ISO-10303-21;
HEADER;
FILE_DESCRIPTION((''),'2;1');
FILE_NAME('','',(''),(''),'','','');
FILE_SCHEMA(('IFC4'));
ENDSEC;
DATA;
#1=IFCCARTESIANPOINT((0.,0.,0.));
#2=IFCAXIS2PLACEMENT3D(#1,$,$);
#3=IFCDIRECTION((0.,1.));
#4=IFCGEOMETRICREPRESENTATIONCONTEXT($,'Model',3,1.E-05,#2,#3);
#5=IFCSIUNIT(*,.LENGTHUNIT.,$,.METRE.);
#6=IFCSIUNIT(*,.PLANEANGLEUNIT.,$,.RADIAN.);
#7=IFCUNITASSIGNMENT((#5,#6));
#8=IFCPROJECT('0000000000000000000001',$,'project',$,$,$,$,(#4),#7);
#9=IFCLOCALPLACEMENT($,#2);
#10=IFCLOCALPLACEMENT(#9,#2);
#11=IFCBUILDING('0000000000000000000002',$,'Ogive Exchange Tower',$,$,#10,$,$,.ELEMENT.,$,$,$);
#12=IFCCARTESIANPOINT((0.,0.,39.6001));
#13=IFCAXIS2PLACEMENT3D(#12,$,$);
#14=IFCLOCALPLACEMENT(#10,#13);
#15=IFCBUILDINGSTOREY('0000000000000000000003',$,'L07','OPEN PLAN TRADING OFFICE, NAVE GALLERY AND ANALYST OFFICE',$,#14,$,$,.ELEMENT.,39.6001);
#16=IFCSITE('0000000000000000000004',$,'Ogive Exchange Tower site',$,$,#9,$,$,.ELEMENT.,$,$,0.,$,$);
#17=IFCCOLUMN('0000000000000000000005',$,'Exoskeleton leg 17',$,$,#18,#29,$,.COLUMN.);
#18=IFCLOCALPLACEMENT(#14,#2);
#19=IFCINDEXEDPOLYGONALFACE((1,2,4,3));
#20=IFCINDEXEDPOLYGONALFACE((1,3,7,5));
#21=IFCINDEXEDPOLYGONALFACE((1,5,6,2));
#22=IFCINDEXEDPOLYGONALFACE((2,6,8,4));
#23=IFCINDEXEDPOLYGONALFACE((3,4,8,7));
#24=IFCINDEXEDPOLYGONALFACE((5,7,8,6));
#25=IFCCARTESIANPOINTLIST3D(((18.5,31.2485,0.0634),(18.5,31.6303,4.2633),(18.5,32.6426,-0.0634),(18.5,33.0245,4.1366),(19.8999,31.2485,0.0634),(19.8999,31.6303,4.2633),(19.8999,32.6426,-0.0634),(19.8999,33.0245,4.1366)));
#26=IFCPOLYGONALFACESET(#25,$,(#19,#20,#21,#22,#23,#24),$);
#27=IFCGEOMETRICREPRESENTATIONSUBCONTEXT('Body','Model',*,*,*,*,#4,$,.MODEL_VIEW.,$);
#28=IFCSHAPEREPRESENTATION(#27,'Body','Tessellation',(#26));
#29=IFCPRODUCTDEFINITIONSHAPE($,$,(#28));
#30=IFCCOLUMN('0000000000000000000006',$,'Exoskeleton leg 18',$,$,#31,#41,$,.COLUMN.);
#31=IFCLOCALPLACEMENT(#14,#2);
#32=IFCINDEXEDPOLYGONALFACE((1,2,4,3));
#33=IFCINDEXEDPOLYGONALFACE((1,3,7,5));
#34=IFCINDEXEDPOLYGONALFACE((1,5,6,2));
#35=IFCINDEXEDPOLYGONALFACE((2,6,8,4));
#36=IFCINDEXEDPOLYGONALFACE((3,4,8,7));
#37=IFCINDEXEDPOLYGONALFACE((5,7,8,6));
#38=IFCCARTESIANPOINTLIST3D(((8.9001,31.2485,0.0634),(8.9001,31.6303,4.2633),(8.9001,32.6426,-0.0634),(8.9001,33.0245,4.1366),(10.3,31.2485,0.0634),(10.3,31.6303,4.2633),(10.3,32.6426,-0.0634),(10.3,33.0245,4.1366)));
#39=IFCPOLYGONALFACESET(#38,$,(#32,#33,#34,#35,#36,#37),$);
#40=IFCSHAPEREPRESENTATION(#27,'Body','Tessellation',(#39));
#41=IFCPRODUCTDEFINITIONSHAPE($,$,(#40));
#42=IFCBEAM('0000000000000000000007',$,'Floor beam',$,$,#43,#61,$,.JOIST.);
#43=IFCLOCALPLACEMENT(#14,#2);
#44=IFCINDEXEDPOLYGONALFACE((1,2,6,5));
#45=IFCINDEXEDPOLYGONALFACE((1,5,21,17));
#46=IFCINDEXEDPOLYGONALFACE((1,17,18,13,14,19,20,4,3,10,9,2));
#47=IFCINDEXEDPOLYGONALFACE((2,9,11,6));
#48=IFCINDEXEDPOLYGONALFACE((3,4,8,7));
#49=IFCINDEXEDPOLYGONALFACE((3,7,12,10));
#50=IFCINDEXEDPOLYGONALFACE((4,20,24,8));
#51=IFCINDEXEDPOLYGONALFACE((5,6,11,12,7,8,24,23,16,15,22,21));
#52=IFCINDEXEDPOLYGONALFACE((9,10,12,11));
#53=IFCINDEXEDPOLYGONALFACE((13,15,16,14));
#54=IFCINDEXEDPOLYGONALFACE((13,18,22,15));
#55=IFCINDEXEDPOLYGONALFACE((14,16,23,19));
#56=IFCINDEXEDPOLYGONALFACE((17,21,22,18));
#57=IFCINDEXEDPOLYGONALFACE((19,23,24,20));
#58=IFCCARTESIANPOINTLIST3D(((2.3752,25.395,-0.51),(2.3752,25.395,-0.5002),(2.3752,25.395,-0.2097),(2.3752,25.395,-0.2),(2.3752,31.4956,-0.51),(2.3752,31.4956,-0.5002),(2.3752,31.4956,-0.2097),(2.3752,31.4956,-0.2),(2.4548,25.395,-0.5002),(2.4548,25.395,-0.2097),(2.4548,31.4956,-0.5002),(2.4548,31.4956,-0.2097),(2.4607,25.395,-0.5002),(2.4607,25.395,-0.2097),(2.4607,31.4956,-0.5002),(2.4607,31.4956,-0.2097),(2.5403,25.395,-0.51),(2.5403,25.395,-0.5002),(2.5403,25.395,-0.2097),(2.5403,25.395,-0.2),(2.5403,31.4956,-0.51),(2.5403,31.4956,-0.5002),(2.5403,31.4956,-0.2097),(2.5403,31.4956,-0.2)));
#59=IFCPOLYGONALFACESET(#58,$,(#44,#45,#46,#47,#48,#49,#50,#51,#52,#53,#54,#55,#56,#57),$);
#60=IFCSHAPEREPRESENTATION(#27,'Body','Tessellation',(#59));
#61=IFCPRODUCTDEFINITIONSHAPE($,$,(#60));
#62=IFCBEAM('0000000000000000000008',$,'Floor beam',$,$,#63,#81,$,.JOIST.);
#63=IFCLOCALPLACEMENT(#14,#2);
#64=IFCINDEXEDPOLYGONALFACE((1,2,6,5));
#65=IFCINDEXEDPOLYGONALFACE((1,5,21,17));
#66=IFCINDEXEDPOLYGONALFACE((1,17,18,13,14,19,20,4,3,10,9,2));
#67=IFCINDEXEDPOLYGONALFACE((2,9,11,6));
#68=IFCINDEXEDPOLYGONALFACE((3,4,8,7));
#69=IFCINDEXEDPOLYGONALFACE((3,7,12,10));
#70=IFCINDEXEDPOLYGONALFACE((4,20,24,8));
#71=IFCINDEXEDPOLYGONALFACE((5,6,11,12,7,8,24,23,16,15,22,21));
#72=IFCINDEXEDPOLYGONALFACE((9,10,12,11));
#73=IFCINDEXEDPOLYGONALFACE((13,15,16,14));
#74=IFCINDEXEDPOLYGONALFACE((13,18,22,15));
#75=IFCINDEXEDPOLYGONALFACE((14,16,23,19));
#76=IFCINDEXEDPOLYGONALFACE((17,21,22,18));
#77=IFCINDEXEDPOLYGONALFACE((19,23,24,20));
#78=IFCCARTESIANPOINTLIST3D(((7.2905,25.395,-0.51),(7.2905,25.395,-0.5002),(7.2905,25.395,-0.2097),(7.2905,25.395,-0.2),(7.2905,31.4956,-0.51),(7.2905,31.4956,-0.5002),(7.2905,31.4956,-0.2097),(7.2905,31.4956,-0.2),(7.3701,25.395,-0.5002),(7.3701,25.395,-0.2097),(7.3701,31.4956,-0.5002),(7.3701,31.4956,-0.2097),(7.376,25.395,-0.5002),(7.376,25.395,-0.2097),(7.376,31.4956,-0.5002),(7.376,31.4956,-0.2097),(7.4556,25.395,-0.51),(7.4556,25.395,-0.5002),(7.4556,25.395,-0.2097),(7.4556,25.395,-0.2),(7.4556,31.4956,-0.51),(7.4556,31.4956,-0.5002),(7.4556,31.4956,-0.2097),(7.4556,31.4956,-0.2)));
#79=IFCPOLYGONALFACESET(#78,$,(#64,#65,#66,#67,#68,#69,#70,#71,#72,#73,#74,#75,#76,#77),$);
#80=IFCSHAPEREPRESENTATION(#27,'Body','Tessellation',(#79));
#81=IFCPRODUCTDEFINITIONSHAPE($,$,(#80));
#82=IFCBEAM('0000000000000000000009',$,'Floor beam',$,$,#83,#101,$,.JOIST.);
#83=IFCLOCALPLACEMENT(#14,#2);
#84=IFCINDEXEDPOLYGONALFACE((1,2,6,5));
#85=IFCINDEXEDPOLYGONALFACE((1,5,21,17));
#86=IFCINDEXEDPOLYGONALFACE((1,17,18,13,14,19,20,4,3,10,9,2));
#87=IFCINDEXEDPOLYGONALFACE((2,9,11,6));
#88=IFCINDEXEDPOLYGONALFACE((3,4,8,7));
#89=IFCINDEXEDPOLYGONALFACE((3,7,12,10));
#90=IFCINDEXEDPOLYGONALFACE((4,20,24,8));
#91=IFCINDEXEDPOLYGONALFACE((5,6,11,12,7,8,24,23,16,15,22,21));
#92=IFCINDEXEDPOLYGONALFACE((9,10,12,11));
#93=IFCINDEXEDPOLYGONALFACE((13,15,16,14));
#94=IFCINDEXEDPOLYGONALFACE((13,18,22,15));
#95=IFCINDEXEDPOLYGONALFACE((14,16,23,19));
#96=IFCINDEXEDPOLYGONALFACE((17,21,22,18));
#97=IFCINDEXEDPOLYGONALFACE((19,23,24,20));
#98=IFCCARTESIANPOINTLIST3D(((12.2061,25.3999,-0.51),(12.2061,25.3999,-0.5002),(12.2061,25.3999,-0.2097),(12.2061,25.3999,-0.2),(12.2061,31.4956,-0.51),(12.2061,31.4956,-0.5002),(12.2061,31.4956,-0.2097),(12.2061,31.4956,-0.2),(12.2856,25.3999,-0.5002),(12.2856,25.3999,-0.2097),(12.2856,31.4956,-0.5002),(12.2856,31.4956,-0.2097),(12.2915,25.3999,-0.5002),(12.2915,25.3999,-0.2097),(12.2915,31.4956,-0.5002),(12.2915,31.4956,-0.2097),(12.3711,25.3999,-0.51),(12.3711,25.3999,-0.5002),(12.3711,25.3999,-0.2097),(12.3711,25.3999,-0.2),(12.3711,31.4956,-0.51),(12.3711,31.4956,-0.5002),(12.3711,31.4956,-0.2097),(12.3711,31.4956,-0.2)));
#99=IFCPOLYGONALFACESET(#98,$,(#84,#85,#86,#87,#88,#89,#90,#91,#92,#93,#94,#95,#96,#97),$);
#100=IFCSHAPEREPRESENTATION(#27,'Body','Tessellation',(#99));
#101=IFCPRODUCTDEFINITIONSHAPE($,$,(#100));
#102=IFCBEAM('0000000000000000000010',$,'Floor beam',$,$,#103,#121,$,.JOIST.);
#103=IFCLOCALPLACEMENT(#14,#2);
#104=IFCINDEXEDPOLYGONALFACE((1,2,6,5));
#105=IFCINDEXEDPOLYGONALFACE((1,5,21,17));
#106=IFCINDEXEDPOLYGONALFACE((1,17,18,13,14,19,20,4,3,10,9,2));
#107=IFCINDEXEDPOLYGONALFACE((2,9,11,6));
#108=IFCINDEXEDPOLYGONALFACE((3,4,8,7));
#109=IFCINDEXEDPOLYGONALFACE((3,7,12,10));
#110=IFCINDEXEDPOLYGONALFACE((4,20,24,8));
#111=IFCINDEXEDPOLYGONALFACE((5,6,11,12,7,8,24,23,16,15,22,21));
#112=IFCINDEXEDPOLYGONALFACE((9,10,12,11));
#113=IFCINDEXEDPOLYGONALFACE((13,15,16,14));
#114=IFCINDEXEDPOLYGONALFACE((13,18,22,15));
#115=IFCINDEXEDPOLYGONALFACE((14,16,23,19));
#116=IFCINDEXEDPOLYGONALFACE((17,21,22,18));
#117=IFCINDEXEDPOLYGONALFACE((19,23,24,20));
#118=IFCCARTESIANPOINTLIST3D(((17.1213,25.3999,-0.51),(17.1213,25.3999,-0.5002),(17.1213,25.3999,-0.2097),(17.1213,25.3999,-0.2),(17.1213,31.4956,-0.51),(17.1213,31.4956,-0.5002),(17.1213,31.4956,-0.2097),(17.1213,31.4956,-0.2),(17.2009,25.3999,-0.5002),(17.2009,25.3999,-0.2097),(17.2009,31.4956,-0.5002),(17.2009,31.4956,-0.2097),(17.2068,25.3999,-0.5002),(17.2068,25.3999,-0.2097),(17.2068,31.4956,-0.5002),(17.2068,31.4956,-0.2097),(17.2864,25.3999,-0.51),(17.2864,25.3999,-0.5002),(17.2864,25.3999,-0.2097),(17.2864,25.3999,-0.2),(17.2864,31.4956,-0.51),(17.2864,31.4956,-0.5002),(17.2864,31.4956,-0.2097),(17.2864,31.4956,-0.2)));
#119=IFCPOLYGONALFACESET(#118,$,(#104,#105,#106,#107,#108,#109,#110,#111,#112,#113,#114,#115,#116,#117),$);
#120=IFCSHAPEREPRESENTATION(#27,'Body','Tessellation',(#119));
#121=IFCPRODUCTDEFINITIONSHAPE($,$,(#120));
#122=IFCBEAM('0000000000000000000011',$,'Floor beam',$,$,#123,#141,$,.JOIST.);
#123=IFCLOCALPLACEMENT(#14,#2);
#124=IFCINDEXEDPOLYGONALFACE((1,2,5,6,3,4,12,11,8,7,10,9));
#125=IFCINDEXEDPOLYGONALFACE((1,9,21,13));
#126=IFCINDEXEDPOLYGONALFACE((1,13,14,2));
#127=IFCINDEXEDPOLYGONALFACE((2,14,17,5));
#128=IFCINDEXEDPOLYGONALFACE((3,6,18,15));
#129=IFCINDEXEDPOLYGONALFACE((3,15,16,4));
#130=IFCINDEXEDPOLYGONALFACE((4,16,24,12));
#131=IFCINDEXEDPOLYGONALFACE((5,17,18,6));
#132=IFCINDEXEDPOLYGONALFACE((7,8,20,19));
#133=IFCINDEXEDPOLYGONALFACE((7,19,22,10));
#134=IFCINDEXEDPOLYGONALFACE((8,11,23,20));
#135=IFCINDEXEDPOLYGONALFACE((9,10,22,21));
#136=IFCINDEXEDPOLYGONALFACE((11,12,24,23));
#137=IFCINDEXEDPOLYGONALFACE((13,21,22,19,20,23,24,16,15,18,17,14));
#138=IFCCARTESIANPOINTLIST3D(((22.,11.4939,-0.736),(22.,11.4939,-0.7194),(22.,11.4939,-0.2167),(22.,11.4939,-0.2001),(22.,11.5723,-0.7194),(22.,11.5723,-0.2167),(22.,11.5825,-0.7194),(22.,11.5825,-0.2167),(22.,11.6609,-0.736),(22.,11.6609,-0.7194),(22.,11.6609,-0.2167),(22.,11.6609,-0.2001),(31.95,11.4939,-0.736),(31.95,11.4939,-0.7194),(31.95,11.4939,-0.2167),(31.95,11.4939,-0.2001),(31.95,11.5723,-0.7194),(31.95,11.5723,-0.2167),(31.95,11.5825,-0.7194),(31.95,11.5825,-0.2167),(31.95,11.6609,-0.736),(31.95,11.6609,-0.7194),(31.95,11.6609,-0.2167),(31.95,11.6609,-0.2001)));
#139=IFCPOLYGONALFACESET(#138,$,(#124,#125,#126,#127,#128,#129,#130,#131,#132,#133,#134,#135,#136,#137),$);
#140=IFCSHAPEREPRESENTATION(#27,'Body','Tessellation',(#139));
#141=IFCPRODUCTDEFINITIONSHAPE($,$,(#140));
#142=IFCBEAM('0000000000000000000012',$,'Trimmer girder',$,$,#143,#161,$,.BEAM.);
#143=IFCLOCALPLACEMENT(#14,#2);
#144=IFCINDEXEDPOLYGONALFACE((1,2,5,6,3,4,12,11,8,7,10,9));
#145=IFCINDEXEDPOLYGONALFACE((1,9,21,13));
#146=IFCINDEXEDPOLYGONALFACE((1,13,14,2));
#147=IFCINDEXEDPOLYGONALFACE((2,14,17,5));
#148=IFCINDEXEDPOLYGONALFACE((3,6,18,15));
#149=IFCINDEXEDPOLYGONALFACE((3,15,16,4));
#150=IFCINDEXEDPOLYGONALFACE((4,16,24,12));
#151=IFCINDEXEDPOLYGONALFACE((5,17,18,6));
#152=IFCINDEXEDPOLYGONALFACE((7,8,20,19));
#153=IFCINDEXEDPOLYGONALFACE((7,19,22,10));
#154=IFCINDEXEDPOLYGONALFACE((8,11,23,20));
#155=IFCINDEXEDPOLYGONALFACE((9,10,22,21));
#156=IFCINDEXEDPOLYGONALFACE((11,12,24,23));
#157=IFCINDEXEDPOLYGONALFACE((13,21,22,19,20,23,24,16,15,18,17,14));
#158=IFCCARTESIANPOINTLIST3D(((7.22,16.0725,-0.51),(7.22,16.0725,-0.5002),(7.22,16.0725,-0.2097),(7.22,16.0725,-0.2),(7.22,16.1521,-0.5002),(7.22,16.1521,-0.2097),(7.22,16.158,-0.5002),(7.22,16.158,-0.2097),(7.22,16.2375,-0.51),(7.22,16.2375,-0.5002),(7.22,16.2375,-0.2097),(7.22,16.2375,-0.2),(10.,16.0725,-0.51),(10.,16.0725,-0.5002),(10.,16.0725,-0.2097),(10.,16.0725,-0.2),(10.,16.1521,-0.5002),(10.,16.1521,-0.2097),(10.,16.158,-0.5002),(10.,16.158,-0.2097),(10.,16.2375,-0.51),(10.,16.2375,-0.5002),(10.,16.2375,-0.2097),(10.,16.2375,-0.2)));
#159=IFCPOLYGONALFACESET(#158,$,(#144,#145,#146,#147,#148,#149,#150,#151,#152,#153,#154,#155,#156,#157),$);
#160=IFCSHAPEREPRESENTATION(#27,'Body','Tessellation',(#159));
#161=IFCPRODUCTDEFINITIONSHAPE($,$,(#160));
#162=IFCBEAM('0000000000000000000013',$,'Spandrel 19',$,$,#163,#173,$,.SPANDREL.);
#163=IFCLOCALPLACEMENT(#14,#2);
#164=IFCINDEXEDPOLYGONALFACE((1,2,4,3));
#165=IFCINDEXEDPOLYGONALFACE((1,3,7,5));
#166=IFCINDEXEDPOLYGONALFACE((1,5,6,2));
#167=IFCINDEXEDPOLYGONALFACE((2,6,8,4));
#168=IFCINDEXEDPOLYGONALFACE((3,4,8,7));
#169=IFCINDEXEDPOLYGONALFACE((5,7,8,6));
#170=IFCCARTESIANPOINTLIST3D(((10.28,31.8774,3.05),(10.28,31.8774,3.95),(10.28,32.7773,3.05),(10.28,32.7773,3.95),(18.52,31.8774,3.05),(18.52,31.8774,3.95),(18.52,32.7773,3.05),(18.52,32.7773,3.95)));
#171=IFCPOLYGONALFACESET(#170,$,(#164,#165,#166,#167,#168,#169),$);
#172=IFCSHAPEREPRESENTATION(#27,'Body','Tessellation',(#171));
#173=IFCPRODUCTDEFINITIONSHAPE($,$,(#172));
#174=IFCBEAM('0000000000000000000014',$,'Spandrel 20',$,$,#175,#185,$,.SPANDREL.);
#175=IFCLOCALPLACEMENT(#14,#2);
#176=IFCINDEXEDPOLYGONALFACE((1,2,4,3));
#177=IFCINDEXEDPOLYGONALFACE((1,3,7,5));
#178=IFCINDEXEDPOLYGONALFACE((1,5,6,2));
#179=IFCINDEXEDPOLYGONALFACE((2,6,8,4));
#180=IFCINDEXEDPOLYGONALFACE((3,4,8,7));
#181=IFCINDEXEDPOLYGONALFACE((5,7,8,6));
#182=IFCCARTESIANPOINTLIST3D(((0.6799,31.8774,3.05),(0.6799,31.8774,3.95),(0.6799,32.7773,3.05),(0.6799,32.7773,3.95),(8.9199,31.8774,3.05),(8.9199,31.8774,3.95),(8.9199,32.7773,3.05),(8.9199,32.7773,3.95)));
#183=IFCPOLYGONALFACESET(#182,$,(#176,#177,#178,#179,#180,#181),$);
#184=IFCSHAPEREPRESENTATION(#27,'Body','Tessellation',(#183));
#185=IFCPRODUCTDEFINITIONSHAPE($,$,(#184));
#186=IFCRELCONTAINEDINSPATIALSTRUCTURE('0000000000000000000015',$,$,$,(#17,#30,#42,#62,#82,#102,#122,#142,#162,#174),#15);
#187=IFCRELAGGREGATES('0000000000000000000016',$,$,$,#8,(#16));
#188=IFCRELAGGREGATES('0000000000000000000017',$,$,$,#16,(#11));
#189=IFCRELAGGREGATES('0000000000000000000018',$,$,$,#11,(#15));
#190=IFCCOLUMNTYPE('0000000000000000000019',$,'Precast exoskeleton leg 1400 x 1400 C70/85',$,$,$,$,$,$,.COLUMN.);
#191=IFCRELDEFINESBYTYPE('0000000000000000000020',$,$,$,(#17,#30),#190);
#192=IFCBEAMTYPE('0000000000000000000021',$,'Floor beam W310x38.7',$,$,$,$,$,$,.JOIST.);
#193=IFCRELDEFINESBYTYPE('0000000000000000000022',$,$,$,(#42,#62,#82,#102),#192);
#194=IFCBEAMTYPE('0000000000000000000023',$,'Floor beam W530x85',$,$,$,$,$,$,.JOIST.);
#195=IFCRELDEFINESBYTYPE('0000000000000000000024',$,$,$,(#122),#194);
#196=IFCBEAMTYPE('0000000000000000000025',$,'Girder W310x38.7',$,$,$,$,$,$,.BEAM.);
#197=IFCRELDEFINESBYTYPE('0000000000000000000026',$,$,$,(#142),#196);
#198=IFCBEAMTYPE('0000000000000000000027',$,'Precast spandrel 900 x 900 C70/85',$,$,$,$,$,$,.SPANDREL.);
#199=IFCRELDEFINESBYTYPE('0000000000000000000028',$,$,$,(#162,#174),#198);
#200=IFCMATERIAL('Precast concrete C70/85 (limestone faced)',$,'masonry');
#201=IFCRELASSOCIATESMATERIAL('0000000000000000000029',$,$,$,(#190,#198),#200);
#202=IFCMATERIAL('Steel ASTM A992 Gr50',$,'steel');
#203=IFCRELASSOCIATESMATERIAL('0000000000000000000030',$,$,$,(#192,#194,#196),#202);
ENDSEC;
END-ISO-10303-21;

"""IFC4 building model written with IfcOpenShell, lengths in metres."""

from ifc_helpers import new_model, si_unit, direction, frame, origin, origin_2d, place, context, subcontext, project, spatial, rectangle, i_section, extrude, material, material_profile, profile_set, type_object, element, save


model = new_model("IFC4")

# Units and contexts
model_context = context("Model", 3, precision=1e-05, world=origin(), true_north=direction((0.0, 1.0)))
body_context = subcontext(model_context, "Body", "Model", "MODEL_VIEW")
ifc_project = project(units=[si_unit("LENGTHUNIT", "METRE"), si_unit("PLANEANGLEUNIT", "RADIAN")], contexts=[model_context])

# Site, building, storey
site_placement = place(None, origin())
site = spatial("IfcSite", under=ifc_project, at=site_placement, Name="Ogive Exchange Tower site", CompositionType="ELEMENT", RefElevation=0.0)
building_placement = place(site_placement, origin())
building = spatial("IfcBuilding", under=site, at=building_placement, Name="Ogive Exchange Tower", CompositionType="ELEMENT")
storey_placement = place(building_placement, frame((0.0, 0.0, 39.6001)))
storey = spatial("IfcBuildingStorey", under=building, at=storey_placement, Name="L07", Description="OPEN PLAN TRADING OFFICE, NAVE GALLERY AND ANALYST OFFICE", CompositionType="ELEMENT", Elevation=39.6001)

# Columns
ifc_material_1 = material(Name="Precast concrete C70/85 (limestone faced)", Category="masonry")
ifc_material_profile_1 = material_profile(ifc_material_1, rectangle(XDim=1.3999, YDim=1.3999, at=origin_2d()), Name="1400 x 1400")
ifc_profile_set_1 = profile_set([ifc_material_profile_1], Name="Precast concrete C70/85 (limestone faced)")
column_type = type_object("IfcColumnType", Name="Precast exoskeleton leg 1400 x 1400 C70/85", PredefinedType="COLUMN", material=ifc_profile_set_1)
for number, where, z_axis, x_axis, name in (
    (1, (19.2, 31.9456, 0.0), (0.0, 0.090541, 0.995893), (-1.0, 0.0, 0.0), "Exoskeleton leg 17"),
    (2, (9.6001, 31.9456, 0.0), (0.0, 0.090541, 0.995893), (-1.0, 0.0, 0.0), "Exoskeleton leg 18"),
):
    element("IfcColumn", number, at=place(storey_placement, frame(where, z_axis=z_axis, x_axis=x_axis)), inside=storey, type_object=column_type, Name=name, PredefinedType="COLUMN", context=body_context, shape_type="SweptSolid", body=[
        extrude(rectangle(XDim=1.3999, YDim=1.3999, at=origin_2d()), origin(), (0.0, 0.0, 1.0), 4.2173),
    ])

# Beams
ifc_material_2 = material(Name="Steel ASTM A992 Gr50", Category="steel")
ifc_material_profile_2 = material_profile(ifc_material_2, i_section(OverallWidth=0.165, OverallDepth=0.3101, WebThickness=0.0059, FlangeThickness=0.0098, at=origin_2d()), Name="W310x38.7")
ifc_profile_set_2 = profile_set([ifc_material_profile_2], Name="Steel ASTM A992 Gr50")
beam_type_1 = type_object("IfcBeamType", Name="Floor beam W310x38.7", PredefinedType="JOIST", material=ifc_profile_set_2)
for number, where, z_axis, x_axis, name in (
    (3, (2.4578, 25.395, -0.355), (0.0, 1.0, 0.0), (-1.0, 0.0, 0.0), "Floor beam"),
    (4, (7.373, 25.395, -0.355), (0.0, 1.0, 0.0), (-1.0, 0.0, 0.0), "Floor beam"),
):
    element("IfcBeam", number, at=place(storey_placement, frame(where, z_axis=z_axis, x_axis=x_axis)), inside=storey, type_object=beam_type_1, Name=name, PredefinedType="JOIST", context=body_context, shape_type="SweptSolid", body=[
        extrude(i_section(OverallWidth=0.165, OverallDepth=0.3101, WebThickness=0.0059, FlangeThickness=0.0098, at=origin_2d()), origin(), (0.0, 0.0, 1.0), 6.1006),
    ])
for number, where, z_axis, x_axis, name in (
    (5, (12.2886, 25.3999, -0.355), (0.0, 1.0, 0.0), (-1.0, 0.0, 0.0), "Floor beam"),
    (6, (17.2039, 25.3999, -0.355), (0.0, 1.0, 0.0), (-1.0, 0.0, 0.0), "Floor beam"),
):
    element("IfcBeam", number, at=place(storey_placement, frame(where, z_axis=z_axis, x_axis=x_axis)), inside=storey, type_object=beam_type_1, Name=name, PredefinedType="JOIST", context=body_context, shape_type="SweptSolid", body=[
        extrude(i_section(OverallWidth=0.165, OverallDepth=0.3101, WebThickness=0.0059, FlangeThickness=0.0098, at=origin_2d()), origin(), (0.0, 0.0, 1.0), 6.0957),
    ])
ifc_material_profile_3 = material_profile(ifc_material_2, i_section(OverallWidth=0.167, OverallDepth=0.5359, WebThickness=0.0103, FlangeThickness=0.0166, at=origin_2d()), Name="W530x85")
ifc_profile_set_3 = profile_set([ifc_material_profile_3], Name="Steel ASTM A992 Gr50")
beam_type_2 = type_object("IfcBeamType", Name="Floor beam W530x85", PredefinedType="JOIST", material=ifc_profile_set_3)
beam_1_placement = place(storey_placement, frame((22.0, 11.5774, -0.468), z_axis=(1.0, 0.0, 0.0), x_axis=(0.0, 1.0, 0.0)))
element("IfcBeam", 7, at=beam_1_placement, inside=storey, type_object=beam_type_2, Name="Floor beam", PredefinedType="JOIST", context=body_context, shape_type="SweptSolid", body=[
    extrude(i_section(OverallWidth=0.167, OverallDepth=0.5359, WebThickness=0.0103, FlangeThickness=0.0166, at=origin_2d()), origin(), (0.0, 0.0, 1.0), 9.95),
])
ifc_material_profile_4 = material_profile(ifc_material_2, i_section(OverallWidth=0.165, OverallDepth=0.3101, WebThickness=0.0059, FlangeThickness=0.0098, at=origin_2d()), Name="W310x38.7")
ifc_profile_set_4 = profile_set([ifc_material_profile_4], Name="Steel ASTM A992 Gr50")
beam_type_3 = type_object("IfcBeamType", Name="Girder W310x38.7", PredefinedType="BEAM", material=ifc_profile_set_4)
beam_2_placement = place(storey_placement, frame((7.22, 16.155, -0.355), z_axis=(1.0, 0.0, 0.0), x_axis=(0.0, 1.0, 0.0)))
element("IfcBeam", 8, at=beam_2_placement, inside=storey, type_object=beam_type_3, Name="Trimmer girder", PredefinedType="BEAM", context=body_context, shape_type="SweptSolid", body=[
    extrude(i_section(OverallWidth=0.165, OverallDepth=0.3101, WebThickness=0.0059, FlangeThickness=0.0098, at=origin_2d()), origin(), (0.0, 0.0, 1.0), 2.78),
])
ifc_material_profile_5 = material_profile(ifc_material_1, rectangle(XDim=0.8999, YDim=0.8999, at=origin_2d()), Name="900 x 900")
ifc_profile_set_5 = profile_set([ifc_material_profile_5], Name="Precast concrete C70/85 (limestone faced)")
beam_type_4 = type_object("IfcBeamType", Name="Precast spandrel 900 x 900 C70/85", PredefinedType="SPANDREL", material=ifc_profile_set_5)
for number, where, z_axis, x_axis, name in (
    (9, (18.52, 32.3274, 3.5), (-1.0, 0.0, 0.0), (0.0, -1.0, 0.0), "Spandrel 19"),
    (10, (8.9199, 32.3274, 3.5), (-1.0, 0.0, 0.0), (0.0, -1.0, 0.0), "Spandrel 20"),
):
    element("IfcBeam", number, at=place(storey_placement, frame(where, z_axis=z_axis, x_axis=x_axis)), inside=storey, type_object=beam_type_4, Name=name, PredefinedType="SPANDREL", context=body_context, shape_type="SweptSolid", body=[
        extrude(rectangle(XDim=0.8999, YDim=0.8999, at=origin_2d()), origin(), (0.0, 0.0, 1.0), 8.24),
    ])

save(model, "model.ifc")
